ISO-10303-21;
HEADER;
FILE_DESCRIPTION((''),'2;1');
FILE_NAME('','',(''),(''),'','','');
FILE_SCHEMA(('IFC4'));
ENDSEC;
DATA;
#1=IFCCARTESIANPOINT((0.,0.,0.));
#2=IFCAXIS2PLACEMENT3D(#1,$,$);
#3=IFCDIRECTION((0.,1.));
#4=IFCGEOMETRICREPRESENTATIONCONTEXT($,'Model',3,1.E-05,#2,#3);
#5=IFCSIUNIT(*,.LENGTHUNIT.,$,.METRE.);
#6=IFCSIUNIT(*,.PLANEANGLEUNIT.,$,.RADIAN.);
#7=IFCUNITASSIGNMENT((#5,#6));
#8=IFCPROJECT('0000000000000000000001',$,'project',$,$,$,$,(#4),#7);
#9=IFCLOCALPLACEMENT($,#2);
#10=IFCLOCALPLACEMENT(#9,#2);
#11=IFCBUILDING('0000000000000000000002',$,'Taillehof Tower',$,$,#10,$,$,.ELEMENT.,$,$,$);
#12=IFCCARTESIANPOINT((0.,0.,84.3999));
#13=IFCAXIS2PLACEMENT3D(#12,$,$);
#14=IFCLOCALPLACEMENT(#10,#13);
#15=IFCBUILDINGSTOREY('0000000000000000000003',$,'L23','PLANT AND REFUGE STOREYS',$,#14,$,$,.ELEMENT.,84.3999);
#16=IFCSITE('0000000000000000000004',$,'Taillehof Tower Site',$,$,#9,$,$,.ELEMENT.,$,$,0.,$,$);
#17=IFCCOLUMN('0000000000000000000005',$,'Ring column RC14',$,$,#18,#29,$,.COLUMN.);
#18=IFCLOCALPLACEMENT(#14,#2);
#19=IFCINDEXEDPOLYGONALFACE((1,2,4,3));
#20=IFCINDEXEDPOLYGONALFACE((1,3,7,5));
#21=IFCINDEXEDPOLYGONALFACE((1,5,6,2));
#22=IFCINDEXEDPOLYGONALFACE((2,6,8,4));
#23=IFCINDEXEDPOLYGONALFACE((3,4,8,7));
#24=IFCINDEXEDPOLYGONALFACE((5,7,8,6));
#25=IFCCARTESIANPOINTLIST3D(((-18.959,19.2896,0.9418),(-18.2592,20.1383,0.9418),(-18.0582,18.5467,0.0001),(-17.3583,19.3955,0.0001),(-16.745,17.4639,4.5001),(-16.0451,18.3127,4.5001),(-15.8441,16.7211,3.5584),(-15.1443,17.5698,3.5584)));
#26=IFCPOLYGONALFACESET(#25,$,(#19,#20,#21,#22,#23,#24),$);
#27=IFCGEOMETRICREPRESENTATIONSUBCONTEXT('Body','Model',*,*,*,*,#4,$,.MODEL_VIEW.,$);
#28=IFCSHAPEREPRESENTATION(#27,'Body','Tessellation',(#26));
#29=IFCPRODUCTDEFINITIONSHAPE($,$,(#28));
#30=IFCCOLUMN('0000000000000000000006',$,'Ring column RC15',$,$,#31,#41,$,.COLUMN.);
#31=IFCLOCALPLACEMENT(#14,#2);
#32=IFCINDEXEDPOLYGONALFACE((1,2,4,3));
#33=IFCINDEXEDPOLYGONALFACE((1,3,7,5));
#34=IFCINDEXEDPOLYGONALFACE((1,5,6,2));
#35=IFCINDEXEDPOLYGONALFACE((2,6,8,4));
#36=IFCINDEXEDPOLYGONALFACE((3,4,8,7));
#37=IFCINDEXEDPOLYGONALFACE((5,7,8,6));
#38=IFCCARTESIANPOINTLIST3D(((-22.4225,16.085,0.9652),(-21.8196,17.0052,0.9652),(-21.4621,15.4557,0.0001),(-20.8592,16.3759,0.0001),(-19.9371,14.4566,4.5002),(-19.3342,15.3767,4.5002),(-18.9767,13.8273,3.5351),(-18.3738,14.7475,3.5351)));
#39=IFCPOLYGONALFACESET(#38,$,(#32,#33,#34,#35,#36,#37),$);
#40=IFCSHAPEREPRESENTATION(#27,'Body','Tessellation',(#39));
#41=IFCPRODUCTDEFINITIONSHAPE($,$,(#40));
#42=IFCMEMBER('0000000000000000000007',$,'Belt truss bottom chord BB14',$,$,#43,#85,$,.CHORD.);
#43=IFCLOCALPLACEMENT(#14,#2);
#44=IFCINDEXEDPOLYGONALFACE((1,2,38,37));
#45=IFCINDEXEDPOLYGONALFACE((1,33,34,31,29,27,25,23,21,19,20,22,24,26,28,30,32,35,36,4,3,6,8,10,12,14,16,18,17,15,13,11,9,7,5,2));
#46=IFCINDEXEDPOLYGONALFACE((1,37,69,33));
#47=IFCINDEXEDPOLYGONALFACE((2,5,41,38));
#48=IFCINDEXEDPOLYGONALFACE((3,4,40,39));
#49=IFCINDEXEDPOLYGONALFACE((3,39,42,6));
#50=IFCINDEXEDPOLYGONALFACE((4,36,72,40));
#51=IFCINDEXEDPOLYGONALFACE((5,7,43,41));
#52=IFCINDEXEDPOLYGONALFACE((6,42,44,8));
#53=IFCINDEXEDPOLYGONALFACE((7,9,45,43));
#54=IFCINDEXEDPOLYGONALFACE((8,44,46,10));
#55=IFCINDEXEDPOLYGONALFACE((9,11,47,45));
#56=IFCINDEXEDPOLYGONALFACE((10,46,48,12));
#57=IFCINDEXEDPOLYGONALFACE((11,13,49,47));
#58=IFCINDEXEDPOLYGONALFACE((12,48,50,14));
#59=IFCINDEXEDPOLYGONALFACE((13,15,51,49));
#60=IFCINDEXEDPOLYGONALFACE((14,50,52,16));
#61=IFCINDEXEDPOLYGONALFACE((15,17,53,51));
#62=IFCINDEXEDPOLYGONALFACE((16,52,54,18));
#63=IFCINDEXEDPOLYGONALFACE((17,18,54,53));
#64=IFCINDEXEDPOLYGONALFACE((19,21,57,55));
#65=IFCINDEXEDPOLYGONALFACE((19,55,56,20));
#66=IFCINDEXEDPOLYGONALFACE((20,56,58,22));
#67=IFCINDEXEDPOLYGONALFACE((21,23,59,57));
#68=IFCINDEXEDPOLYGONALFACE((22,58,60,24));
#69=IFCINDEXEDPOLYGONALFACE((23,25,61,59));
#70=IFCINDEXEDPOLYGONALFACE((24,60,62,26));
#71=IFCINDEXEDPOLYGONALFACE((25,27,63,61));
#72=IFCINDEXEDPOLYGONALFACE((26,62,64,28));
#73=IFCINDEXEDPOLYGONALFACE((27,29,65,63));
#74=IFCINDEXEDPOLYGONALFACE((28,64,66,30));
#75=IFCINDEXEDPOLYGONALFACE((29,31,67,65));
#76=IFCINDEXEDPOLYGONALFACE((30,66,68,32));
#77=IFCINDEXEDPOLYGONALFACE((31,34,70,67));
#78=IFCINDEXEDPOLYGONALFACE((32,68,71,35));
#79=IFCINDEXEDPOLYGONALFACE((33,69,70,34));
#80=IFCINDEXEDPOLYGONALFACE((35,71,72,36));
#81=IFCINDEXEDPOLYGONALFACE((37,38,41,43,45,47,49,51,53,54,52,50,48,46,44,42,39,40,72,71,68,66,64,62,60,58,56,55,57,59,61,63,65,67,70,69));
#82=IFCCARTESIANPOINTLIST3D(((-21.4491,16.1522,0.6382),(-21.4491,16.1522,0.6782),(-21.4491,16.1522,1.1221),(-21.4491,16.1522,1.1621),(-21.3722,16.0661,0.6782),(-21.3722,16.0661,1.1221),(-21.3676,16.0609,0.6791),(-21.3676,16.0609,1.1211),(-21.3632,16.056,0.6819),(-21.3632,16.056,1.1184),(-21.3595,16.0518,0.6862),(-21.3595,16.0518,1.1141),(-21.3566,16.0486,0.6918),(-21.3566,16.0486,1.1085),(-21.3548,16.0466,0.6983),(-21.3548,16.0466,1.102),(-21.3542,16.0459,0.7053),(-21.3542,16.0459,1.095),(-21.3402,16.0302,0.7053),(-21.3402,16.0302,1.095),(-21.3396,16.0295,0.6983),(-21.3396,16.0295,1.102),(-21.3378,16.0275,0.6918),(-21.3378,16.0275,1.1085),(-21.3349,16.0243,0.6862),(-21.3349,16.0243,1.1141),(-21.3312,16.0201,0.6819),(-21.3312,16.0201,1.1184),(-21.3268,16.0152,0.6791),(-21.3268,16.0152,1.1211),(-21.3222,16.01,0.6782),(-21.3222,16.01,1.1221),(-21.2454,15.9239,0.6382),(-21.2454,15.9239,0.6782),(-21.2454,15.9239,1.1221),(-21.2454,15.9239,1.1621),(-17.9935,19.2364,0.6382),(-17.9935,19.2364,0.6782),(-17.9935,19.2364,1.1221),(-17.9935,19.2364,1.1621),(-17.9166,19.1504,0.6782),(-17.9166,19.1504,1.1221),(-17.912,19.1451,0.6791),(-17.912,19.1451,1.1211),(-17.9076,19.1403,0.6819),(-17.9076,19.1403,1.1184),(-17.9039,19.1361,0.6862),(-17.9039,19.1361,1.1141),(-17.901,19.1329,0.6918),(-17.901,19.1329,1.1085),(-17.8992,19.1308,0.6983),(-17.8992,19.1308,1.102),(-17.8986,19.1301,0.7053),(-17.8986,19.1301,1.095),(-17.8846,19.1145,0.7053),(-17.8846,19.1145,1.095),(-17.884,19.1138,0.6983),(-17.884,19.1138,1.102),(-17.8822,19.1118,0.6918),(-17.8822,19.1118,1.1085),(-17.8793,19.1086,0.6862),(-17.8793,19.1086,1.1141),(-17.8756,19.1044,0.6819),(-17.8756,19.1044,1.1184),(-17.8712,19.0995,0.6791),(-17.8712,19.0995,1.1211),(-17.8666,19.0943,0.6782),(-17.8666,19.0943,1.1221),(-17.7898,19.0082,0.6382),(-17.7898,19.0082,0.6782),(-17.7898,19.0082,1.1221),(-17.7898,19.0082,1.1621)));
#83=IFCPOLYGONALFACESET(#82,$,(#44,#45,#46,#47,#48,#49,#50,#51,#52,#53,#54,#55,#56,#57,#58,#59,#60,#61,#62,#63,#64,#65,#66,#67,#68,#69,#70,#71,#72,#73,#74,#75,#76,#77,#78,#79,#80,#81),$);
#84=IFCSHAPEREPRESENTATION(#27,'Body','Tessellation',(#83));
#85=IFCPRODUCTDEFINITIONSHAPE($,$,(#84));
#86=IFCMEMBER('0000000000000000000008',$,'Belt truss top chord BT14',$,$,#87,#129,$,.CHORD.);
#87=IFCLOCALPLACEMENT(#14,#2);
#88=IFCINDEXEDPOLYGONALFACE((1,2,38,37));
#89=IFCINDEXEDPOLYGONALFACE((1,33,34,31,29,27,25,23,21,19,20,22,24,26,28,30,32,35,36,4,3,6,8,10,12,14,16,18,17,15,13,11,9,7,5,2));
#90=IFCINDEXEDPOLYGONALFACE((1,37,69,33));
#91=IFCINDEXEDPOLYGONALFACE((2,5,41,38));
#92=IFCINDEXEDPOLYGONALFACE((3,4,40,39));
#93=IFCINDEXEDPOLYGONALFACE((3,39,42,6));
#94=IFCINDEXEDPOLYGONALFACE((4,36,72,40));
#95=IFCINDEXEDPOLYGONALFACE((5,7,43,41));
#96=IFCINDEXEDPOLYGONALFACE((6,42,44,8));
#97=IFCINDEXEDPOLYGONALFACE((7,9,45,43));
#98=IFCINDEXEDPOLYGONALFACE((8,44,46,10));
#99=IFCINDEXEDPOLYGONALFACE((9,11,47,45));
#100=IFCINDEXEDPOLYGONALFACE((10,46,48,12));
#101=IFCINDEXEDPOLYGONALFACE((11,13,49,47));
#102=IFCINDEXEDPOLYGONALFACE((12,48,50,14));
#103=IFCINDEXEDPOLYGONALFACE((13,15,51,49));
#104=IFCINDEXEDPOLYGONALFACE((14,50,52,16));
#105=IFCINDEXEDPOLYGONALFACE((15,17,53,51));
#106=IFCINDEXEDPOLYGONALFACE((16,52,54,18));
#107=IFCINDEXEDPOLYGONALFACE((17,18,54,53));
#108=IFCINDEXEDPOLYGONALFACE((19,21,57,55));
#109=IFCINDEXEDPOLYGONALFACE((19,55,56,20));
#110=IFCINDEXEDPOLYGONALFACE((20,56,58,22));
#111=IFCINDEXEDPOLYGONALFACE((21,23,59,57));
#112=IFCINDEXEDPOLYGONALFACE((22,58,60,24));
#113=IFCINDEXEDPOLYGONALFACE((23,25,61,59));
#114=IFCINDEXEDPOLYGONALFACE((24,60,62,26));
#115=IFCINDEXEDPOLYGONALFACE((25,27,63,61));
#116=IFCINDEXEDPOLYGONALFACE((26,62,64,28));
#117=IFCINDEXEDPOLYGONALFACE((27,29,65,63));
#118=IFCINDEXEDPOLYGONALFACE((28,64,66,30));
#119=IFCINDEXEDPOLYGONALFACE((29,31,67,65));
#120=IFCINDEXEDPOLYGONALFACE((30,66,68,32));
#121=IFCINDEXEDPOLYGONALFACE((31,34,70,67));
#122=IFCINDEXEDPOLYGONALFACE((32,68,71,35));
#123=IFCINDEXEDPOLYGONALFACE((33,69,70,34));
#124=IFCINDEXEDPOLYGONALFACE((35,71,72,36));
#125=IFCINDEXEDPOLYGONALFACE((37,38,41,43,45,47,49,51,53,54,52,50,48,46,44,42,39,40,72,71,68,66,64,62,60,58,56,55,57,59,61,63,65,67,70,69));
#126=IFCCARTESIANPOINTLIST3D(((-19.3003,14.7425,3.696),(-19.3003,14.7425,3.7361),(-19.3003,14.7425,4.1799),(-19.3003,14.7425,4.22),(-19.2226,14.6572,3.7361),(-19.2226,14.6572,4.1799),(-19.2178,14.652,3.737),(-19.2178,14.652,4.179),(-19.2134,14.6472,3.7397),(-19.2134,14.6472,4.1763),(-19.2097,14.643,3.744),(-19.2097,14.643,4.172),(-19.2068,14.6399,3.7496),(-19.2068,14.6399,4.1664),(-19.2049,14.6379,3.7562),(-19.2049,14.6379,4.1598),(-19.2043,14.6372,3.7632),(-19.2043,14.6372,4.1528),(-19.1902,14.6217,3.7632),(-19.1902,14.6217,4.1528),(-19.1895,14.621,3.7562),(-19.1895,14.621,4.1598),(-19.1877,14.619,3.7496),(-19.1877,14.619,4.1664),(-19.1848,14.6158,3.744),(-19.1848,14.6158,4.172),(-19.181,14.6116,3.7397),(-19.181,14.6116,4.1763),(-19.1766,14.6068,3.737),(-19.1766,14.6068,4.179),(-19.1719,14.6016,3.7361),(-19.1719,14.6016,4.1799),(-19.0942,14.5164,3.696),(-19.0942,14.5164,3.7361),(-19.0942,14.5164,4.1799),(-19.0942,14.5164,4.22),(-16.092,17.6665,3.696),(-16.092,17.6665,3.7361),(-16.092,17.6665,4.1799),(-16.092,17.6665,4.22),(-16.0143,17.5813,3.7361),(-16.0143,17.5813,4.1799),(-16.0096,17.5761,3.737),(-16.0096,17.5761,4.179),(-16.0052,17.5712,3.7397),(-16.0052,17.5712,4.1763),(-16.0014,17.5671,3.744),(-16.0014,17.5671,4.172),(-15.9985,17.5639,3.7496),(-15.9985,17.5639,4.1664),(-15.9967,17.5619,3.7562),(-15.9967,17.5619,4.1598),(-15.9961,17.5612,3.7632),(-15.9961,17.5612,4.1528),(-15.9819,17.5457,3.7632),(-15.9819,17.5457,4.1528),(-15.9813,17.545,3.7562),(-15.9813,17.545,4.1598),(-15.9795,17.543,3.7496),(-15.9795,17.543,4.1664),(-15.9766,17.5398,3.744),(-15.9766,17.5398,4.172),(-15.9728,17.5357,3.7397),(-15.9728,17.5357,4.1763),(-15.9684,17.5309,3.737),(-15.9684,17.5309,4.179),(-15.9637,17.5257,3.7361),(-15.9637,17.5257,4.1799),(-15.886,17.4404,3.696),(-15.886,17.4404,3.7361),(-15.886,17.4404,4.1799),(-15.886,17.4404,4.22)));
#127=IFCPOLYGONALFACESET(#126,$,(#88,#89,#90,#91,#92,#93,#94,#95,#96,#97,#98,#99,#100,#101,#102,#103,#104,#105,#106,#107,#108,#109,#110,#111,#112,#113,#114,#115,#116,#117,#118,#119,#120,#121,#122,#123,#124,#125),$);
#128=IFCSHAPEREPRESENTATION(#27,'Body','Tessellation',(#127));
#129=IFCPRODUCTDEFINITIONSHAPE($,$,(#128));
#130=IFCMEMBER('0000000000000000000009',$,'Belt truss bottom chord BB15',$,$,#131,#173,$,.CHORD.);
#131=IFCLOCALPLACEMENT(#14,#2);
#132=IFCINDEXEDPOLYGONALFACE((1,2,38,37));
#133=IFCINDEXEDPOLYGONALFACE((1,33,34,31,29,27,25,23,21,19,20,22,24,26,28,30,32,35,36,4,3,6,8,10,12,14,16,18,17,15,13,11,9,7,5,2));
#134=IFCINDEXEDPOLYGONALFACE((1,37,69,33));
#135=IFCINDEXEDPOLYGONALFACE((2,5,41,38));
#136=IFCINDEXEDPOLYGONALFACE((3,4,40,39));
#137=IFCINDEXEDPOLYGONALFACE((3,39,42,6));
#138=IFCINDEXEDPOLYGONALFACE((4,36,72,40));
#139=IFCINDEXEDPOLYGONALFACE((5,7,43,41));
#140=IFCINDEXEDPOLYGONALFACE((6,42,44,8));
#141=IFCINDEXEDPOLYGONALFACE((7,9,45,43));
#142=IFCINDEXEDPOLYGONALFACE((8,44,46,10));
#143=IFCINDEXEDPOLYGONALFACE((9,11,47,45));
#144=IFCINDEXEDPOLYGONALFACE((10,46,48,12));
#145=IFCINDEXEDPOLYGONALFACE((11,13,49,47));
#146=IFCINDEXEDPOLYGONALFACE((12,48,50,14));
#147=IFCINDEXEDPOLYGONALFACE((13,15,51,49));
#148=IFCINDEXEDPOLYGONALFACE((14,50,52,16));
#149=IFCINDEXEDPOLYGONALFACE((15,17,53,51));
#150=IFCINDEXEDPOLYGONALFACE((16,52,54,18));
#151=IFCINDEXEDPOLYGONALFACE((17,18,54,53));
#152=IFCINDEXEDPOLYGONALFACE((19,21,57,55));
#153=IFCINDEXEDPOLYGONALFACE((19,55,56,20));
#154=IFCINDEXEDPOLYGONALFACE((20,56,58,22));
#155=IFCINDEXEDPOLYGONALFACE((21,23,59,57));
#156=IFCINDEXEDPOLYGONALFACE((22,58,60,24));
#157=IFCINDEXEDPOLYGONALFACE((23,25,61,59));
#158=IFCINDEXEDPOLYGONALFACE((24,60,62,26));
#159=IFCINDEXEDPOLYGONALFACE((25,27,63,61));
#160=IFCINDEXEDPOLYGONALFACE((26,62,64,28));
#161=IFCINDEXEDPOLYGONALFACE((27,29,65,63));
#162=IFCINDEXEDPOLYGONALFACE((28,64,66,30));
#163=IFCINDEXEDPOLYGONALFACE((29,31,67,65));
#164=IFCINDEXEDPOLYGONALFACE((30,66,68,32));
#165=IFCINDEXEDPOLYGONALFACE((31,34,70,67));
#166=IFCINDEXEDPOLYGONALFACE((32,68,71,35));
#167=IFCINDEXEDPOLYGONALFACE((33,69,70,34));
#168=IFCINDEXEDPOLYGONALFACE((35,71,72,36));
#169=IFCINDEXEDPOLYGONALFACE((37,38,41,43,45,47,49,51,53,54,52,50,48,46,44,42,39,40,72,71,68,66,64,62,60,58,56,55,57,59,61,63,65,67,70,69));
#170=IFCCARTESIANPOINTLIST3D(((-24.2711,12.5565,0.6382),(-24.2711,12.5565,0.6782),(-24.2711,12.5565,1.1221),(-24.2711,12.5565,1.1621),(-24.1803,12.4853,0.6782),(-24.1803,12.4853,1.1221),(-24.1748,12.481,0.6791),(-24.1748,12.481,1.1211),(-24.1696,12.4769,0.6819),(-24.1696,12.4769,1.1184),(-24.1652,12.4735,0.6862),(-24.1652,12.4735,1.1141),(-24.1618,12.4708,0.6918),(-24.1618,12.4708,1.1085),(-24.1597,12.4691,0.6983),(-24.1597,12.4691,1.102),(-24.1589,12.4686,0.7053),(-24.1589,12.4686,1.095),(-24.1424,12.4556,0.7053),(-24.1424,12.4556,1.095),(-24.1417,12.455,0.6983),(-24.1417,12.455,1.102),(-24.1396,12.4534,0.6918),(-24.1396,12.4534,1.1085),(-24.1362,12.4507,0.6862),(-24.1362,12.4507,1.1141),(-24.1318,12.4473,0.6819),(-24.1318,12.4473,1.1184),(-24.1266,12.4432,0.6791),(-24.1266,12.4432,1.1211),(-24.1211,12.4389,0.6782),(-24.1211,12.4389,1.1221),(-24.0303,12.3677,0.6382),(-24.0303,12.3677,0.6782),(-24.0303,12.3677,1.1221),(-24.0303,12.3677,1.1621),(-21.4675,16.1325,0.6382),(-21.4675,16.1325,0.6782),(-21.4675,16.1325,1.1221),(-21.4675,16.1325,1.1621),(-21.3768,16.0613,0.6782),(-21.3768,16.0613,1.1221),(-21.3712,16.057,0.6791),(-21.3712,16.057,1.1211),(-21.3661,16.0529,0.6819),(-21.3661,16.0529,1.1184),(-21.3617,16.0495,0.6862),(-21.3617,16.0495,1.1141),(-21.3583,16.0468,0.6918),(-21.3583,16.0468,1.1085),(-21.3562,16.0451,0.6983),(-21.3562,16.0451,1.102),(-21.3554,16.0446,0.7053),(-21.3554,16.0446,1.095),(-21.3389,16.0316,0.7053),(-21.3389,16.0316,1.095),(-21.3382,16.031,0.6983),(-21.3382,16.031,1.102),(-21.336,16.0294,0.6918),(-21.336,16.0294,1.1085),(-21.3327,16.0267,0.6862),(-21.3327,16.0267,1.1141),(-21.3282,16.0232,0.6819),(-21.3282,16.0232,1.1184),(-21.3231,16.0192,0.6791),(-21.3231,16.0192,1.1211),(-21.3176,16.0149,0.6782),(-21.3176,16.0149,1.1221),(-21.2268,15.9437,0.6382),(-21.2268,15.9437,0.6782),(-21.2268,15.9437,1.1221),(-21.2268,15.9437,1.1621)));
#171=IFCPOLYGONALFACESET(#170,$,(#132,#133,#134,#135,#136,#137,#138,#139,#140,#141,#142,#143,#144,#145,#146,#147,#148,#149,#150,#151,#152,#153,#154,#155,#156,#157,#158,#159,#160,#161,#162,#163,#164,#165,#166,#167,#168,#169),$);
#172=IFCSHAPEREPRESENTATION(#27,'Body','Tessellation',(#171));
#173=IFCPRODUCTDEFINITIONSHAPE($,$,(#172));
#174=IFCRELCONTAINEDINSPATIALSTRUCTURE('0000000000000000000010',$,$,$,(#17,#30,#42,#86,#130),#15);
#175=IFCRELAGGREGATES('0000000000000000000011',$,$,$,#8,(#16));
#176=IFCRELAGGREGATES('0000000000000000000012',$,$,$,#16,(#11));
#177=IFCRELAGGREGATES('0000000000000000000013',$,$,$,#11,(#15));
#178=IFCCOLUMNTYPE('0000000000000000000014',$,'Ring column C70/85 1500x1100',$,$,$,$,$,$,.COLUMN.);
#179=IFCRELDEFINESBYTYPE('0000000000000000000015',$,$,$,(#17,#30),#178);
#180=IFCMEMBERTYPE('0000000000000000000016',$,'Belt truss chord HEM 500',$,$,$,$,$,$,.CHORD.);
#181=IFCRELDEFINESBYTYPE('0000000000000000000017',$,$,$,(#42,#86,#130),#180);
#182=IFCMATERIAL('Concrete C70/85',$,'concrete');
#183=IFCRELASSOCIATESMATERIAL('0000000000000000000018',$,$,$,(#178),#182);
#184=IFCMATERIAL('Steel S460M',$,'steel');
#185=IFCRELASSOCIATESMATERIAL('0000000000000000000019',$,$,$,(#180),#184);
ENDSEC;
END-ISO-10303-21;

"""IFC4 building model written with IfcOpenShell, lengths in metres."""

from ifc_helpers import new_model, si_unit, direction, frame, origin, origin_2d, place, context, subcontext, project, spatial, rectangle, i_section, extrude, material, material_profile, profile_set, type_object, element, save


model = new_model("IFC4")

# Units and contexts
model_context = context("Model", 3, precision=1e-05, world=origin(), true_north=direction((0.0, 1.0)))
body_context = subcontext(model_context, "Body", "Model", "MODEL_VIEW")
ifc_project = project(units=[si_unit("LENGTHUNIT", "METRE"), si_unit("PLANEANGLEUNIT", "RADIAN")], contexts=[model_context])

# Site, building, storey
site_placement = place(None, origin())
site = spatial("IfcSite", under=ifc_project, at=site_placement, Name="Taillehof Tower Site", CompositionType="ELEMENT", RefElevation=0.0)
building_placement = place(site_placement, origin())
building = spatial("IfcBuilding", under=site, at=building_placement, Name="Taillehof Tower", CompositionType="ELEMENT")
storey_placement = place(building_placement, frame((0.0, 0.0, 84.3999)))
storey = spatial("IfcBuildingStorey", under=building, at=storey_placement, Name="L23", Description="PLANT AND REFUGE STOREYS", CompositionType="ELEMENT", Elevation=84.3999)

# Columns
ifc_material_1 = material(Name="Concrete C70/85", Category="concrete")
ifc_material_profile_1 = material_profile(ifc_material_1, rectangle(XDim=1.5, YDim=1.1001, at=origin_2d()), Name="RC 1500x1100")
ifc_profile_set_1 = profile_set([ifc_material_profile_1], Name="Concrete C70/85")
column_type = type_object("IfcColumnType", Name="Ring column C70/85 1500x1100", PredefinedType="COLUMN", material=ifc_profile_set_1)
column_1_placement = place(storey_placement, frame((-18.1587, 19.3425, 0.4709), z_axis=(0.484345, -0.399375, 0.778402), x_axis=(-0.600566, 0.495207, 0.627766)))
element("IfcColumn", 1, at=column_1_placement, inside=storey, type_object=column_type, Name="Ring column RC14", PredefinedType="COLUMN", context=body_context, shape_type="SweptSolid", body=[
    extrude(rectangle(XDim=1.5, YDim=1.1001, at=origin_2d()), origin(), (0.0, 0.0, 1.0), 4.5713),
])
column_2_placement = place(storey_placement, frame((-21.6409, 16.2305, 0.4827), z_axis=(0.538208, -0.352637, 0.765493), x_axis=(-0.640295, 0.419525, 0.643445)))
element("IfcColumn", 2, at=column_2_placement, inside=storey, type_object=column_type, Name="Ring column RC15", PredefinedType="COLUMN", context=body_context, shape_type="SweptSolid", body=[
    extrude(rectangle(XDim=1.5, YDim=1.1001, at=origin_2d()), origin(), (0.0, 0.0, 1.0), 4.6179),
])

# Members
ifc_material_2 = material(Name="Steel S460M", Category="steel")
ifc_material_profile_2 = material_profile(ifc_material_2, i_section(OverallWidth=0.3059, OverallDepth=0.5239, WebThickness=0.021, FlangeThickness=0.04, FilletRadius=0.0271, at=origin_2d()), Name="HEM 500")
ifc_profile_set_2 = profile_set([ifc_material_profile_2], Name="Steel S460M")
member_type_1 = type_object("IfcMemberType", Name="Belt truss chord HEM 500", PredefinedType="CHORD", material=ifc_profile_set_2)
member_1_placement = place(storey_placement, frame((-17.8916, 19.1223, 0.9001), z_axis=(-0.746055, -0.665884, 0.0), x_axis=(0.665884, -0.746055, 0.0)))
element("IfcMember", 3, at=member_1_placement, inside=storey, type_object=member_type_1, Name="Belt truss bottom chord BB14", PredefinedType="CHORD", context=body_context, shape_type="SweptSolid", body=[
    extrude(i_section(OverallWidth=0.3059, OverallDepth=0.5239, WebThickness=0.021, FlangeThickness=0.04, FilletRadius=0.0271, at=origin_2d()), origin(), (0.0, 0.0, 1.0), 4.6318),
])
member_2_placement = place(storey_placement, frame((-15.989, 17.5535, 3.958), z_axis=(-0.739082, -0.673616, 0.0), x_axis=(0.673616, -0.739082, 0.0)))
element("IfcMember", 4, at=member_2_placement, inside=storey, type_object=member_type_1, Name="Belt truss top chord BT14", PredefinedType="CHORD", context=body_context, shape_type="SweptSolid", body=[
    extrude(i_section(OverallWidth=0.3059, OverallDepth=0.5239, WebThickness=0.021, FlangeThickness=0.04, FilletRadius=0.0271, at=origin_2d()), origin(), (0.0, 0.0, 1.0), 4.3408),
])
member_3_placement = place(storey_placement, frame((-21.3472, 16.0381, 0.9001), z_axis=(-0.616979, -0.78698, 0.0), x_axis=(0.78698, -0.616979, 0.0)))
element("IfcMember", 5, at=member_3_placement, inside=storey, type_object=member_type_1, Name="Belt truss bottom chord BB15", PredefinedType="CHORD", context=body_context, shape_type="SweptSolid", body=[
    extrude(i_section(OverallWidth=0.3059, OverallDepth=0.5239, WebThickness=0.021, FlangeThickness=0.04, FilletRadius=0.0271, at=origin_2d()), origin(), (0.0, 0.0, 1.0), 4.5439),
])

save(model, "model.ifc")
